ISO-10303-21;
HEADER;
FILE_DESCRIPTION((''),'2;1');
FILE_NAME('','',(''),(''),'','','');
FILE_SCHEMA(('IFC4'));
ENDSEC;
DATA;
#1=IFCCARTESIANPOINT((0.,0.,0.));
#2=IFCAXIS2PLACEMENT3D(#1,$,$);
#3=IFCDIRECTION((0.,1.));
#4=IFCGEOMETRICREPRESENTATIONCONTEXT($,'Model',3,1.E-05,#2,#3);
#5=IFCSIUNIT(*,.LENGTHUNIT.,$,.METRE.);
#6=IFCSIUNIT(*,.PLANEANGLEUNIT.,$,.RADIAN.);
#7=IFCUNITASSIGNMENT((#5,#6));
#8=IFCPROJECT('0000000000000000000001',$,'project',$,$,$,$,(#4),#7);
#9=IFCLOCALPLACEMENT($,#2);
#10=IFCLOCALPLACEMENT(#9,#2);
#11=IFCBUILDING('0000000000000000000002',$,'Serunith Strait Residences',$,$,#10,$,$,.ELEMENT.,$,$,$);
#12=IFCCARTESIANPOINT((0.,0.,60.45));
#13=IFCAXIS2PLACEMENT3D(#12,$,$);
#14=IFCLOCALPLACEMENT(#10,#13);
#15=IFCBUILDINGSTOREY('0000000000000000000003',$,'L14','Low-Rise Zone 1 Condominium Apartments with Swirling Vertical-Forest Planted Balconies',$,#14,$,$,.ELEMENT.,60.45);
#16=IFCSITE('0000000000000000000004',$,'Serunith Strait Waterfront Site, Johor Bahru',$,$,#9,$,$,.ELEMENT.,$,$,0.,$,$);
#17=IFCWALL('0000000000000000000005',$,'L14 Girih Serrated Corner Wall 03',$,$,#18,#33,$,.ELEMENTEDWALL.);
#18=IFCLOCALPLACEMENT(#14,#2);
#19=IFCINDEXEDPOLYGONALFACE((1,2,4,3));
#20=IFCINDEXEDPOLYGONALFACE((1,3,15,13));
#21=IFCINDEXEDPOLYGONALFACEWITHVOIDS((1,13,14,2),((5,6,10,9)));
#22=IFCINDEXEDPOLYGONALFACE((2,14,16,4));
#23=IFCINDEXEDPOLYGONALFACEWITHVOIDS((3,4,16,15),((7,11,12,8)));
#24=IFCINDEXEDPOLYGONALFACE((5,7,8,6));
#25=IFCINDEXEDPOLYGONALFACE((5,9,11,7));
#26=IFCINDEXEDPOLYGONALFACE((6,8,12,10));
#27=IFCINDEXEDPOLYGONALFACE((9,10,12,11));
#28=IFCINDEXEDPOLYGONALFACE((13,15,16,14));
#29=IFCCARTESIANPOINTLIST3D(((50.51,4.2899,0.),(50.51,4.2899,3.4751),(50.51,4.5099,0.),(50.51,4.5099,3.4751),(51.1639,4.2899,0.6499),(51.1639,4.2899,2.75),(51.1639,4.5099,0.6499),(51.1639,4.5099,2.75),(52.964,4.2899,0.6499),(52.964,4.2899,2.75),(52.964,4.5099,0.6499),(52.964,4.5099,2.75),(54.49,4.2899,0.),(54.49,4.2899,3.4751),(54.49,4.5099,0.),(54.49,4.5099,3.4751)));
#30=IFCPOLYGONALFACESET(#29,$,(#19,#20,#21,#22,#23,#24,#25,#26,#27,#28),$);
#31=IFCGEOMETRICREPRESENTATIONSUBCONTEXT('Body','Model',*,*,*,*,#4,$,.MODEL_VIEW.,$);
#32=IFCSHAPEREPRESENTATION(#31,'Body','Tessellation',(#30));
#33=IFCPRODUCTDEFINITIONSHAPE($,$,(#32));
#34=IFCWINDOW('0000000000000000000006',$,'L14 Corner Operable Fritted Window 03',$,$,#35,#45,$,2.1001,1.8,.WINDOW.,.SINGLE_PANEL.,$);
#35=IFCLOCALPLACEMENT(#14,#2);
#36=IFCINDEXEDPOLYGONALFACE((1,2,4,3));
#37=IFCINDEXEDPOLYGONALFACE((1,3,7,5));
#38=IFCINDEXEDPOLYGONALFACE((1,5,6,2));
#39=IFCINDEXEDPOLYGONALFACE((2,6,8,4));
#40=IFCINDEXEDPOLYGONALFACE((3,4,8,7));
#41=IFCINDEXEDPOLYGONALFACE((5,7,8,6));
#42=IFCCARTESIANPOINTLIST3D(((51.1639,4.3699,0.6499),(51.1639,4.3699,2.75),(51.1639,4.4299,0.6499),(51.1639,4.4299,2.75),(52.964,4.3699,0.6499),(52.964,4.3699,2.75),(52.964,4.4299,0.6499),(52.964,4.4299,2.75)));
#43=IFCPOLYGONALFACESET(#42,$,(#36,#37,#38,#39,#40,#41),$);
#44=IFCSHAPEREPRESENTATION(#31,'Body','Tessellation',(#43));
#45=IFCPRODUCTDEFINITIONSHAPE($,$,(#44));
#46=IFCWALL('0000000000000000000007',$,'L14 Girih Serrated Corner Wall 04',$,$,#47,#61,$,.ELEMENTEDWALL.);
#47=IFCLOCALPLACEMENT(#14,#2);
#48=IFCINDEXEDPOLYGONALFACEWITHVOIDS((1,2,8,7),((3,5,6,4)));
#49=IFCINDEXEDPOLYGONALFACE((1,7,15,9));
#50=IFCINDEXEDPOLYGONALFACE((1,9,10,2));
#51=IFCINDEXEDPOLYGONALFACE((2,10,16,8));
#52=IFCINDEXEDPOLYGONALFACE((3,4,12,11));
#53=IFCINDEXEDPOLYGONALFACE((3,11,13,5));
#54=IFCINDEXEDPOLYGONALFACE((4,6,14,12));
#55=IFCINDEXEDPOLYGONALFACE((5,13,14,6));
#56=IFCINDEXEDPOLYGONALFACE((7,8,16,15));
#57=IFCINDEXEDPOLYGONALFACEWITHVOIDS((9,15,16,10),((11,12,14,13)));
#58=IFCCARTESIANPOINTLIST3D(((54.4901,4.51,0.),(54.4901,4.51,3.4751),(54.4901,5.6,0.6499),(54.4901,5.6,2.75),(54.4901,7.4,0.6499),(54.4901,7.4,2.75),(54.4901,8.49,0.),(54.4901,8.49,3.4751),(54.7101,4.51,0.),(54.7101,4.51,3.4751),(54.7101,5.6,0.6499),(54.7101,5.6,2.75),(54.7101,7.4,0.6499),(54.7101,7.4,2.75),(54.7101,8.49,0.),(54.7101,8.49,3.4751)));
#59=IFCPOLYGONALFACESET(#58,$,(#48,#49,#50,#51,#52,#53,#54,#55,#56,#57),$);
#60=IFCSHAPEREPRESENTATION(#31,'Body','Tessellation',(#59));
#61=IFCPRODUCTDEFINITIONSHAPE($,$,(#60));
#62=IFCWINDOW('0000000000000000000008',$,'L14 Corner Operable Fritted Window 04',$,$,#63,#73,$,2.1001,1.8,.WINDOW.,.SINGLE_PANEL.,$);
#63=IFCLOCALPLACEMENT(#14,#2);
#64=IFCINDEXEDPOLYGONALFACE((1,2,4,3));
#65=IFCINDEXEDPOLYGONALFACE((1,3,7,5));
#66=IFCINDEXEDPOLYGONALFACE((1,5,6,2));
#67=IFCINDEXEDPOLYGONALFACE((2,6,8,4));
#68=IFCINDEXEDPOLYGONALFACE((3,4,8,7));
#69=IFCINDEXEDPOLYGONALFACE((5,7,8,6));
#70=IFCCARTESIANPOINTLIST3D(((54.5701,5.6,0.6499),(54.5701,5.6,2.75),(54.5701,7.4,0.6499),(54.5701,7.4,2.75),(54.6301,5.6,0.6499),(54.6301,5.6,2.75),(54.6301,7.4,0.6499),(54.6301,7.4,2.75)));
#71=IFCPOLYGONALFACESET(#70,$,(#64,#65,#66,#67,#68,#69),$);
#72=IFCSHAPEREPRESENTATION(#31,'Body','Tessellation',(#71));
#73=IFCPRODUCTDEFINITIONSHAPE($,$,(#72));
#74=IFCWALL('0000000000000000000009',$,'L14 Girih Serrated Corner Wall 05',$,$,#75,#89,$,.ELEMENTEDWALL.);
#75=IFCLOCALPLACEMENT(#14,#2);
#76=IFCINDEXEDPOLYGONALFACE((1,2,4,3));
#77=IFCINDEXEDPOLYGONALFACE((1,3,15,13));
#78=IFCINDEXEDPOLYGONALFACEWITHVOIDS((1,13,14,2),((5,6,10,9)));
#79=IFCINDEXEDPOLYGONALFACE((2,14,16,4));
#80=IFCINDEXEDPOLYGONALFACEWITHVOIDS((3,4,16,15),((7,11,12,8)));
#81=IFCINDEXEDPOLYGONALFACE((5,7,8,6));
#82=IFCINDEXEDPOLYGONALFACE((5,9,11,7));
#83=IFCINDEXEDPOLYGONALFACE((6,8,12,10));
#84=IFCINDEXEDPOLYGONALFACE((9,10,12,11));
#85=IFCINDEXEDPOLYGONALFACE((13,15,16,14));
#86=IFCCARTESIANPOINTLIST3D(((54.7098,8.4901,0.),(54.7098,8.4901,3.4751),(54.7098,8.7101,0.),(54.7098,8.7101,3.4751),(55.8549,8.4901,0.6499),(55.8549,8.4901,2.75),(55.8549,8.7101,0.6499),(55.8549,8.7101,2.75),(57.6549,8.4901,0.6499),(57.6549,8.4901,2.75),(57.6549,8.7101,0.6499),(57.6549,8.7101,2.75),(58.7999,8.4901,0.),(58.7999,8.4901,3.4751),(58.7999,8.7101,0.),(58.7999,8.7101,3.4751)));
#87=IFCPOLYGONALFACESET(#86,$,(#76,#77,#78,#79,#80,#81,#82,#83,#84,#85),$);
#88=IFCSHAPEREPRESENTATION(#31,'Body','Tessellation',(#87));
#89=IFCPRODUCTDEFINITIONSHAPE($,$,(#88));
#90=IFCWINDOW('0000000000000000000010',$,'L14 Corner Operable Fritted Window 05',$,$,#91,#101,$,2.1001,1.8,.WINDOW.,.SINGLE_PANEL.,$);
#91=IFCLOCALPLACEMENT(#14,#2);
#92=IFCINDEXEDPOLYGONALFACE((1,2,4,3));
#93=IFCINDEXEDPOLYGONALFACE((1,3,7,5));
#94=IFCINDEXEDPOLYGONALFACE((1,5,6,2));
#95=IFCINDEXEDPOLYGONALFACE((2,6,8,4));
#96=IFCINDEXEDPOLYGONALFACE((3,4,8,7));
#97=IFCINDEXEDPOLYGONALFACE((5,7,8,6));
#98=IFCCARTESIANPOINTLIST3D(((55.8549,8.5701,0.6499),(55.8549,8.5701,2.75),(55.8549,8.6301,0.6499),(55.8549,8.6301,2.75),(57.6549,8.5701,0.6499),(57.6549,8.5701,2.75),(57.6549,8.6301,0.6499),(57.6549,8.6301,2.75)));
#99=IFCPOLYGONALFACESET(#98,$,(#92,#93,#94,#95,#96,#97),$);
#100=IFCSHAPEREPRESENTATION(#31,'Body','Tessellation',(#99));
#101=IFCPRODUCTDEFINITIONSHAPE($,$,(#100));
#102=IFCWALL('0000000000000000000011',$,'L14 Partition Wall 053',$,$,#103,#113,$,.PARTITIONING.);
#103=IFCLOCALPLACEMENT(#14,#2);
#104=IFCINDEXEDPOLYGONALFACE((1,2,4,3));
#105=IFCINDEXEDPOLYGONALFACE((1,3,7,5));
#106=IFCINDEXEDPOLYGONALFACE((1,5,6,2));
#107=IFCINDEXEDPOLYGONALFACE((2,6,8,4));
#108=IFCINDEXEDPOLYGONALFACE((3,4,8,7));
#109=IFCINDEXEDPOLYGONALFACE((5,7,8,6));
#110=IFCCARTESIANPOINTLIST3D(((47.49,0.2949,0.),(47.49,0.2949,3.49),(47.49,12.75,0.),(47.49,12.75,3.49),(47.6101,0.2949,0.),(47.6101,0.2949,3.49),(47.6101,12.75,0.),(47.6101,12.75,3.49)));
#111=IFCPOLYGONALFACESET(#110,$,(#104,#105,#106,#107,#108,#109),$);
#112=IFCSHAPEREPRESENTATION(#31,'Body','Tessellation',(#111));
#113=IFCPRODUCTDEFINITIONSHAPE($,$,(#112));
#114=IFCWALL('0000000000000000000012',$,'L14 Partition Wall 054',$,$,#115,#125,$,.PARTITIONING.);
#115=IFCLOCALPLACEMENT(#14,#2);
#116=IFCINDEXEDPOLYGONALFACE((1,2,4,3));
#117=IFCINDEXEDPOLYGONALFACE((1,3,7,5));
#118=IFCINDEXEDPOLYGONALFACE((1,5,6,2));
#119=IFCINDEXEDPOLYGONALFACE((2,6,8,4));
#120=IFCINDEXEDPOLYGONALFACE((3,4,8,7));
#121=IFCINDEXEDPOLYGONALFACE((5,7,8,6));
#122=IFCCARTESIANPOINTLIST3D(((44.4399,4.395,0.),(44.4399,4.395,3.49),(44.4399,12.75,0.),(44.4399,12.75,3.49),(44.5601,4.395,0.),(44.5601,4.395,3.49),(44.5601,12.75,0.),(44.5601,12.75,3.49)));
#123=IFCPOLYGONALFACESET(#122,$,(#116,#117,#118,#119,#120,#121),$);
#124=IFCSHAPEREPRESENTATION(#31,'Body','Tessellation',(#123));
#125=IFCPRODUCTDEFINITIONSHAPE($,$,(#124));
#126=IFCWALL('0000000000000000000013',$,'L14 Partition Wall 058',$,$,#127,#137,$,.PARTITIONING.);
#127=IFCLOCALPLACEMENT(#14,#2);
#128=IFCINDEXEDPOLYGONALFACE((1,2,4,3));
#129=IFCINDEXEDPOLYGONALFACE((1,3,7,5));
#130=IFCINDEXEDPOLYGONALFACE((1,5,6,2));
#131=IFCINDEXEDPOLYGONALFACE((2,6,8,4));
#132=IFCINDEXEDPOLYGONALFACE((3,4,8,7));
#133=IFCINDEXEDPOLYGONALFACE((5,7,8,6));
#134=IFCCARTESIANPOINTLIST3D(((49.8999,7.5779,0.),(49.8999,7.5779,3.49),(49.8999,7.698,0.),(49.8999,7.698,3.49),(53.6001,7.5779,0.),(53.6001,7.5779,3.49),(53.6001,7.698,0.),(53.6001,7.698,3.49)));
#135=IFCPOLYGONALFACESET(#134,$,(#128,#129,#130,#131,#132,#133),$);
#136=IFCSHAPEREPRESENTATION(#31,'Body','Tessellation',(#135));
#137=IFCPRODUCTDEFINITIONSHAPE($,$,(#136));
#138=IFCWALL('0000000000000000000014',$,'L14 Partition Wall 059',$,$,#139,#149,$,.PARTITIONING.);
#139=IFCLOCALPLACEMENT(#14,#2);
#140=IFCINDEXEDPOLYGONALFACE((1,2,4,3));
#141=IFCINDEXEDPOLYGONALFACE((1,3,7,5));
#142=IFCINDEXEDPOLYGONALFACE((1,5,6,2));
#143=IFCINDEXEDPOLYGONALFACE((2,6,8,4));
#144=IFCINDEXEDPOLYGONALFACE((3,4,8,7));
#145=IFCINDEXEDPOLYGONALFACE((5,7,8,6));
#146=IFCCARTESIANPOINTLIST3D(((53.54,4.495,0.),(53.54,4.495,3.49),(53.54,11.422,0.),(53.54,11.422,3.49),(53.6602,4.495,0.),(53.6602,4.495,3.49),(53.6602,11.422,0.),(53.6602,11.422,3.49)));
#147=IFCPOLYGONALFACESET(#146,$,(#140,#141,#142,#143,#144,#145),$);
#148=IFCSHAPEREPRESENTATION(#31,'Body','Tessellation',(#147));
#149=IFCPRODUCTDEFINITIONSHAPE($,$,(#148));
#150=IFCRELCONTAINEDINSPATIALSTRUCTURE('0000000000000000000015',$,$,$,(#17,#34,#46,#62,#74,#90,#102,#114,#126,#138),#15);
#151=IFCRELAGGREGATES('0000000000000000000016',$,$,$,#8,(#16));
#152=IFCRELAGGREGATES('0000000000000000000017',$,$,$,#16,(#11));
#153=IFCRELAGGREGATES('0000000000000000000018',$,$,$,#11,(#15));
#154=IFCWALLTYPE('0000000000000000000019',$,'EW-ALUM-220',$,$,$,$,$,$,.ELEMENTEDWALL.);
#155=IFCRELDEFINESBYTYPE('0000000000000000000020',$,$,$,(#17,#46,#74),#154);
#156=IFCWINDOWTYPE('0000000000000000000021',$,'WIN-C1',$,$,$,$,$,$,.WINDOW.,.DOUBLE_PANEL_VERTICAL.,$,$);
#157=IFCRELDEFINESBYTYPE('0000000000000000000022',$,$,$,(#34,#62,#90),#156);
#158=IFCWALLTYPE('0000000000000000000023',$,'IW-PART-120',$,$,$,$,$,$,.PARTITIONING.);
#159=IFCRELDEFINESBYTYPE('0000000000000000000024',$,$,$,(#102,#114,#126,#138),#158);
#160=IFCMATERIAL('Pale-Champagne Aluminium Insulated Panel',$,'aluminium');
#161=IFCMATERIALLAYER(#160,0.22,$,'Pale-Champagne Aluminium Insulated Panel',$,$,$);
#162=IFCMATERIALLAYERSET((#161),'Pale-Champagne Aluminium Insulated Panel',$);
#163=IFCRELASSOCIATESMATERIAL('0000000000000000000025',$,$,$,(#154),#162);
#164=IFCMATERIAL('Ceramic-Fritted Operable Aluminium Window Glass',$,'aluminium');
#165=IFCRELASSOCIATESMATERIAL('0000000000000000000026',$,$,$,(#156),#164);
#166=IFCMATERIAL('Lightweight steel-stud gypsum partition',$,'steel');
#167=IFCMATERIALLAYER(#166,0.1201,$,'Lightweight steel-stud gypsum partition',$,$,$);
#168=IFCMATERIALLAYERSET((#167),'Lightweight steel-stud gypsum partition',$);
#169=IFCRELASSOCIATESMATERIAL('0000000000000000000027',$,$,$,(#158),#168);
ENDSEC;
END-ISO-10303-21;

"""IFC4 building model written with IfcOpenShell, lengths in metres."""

from ifc_helpers import new_model, si_unit, direction, frame, frame_2d, origin, place, context, subcontext, project, spatial, rectangle, extrude, source, transform, mapped, material, layer, layer_set, type_object, element, fill, save


model = new_model("IFC4")

# Units and contexts
model_context = context("Model", 3, precision=1e-05, world=origin(), true_north=direction((0.0, 1.0)))
body_context = subcontext(model_context, "Body", "Model", "MODEL_VIEW")
ifc_project = project(units=[si_unit("LENGTHUNIT", "METRE"), si_unit("PLANEANGLEUNIT", "RADIAN")], contexts=[model_context])

# Site, building, storey
site_placement = place(None, origin())
site = spatial("IfcSite", under=ifc_project, at=site_placement, Name="Serunith Strait Waterfront Site, Johor Bahru", CompositionType="ELEMENT", RefElevation=0.0)
building_placement = place(site_placement, origin())
building = spatial("IfcBuilding", under=site, at=building_placement, Name="Serunith Strait Residences", CompositionType="ELEMENT")
storey_placement = place(building_placement, frame((0.0, 0.0, 60.45)))
storey = spatial("IfcBuildingStorey", under=building, at=storey_placement, Name="L14", Description="Low-Rise Zone 1 Condominium Apartments with Swirling Vertical-Forest Planted Balconies", CompositionType="ELEMENT", Elevation=60.45)

# Walls, openings, windows
ifc_material_1 = material(Name="Pale-Champagne Aluminium Insulated Panel", Category="aluminium")
ifc_layer_1 = layer(ifc_material_1, 0.22, Name="Pale-Champagne Aluminium Insulated Panel")
ifc_layer_set_1 = layer_set([ifc_layer_1], Name="Pale-Champagne Aluminium Insulated Panel")
wall_type_1 = type_object("IfcWallType", Name="EW-ALUM-220", PredefinedType="ELEMENTEDWALL", material=ifc_layer_set_1)
ifc_material_2 = material(Name="Ceramic-Fritted Operable Aluminium Window Glass", Category="aluminium")
window_type = type_object("IfcWindowType", Name="WIN-C1", PartitioningType="DOUBLE_PANEL_VERTICAL", PredefinedType="WINDOW", material=ifc_material_2)
shared_shape_1 = source(origin(), body_context, "Body", "SweptSolid", [
    extrude(rectangle(XDim=1.8, YDim=2.1001, at=frame_2d((0.8999, 1.05))), frame((0.0, 0.03, 0.0), z_axis=(0.0, -1.0, 0.0), x_axis=(1.0, 0.0, 0.0)), (0.0, 0.0, 1.0), 0.0601),
])
wall_1_placement = place(storey_placement, frame((50.51, 4.3999, 0.0), z_axis=(0.0, 0.0, 1.0), x_axis=(1.0, 0.0, 0.0)))
wall_1 = element("IfcWall", 1, at=wall_1_placement, inside=storey, type_object=wall_type_1, Name="L14 Girih Serrated Corner Wall 03", PredefinedType="ELEMENTEDWALL", context=body_context, shape_type="SweptSolid", body=[
    extrude(rectangle(XDim=3.98, YDim=0.22, at=frame_2d((1.99, 0.0))), origin(), (0.0, 0.0, 1.0), 3.4751),
])
opening_1_placement = place(wall_1_placement, frame((0.6541, 0.0, 0.6499)))
opening_1 = element("IfcOpeningElement", 2, at=opening_1_placement, cuts=wall_1, PredefinedType="OPENING", context=body_context, shape_type="SweptSolid", body=[
    extrude(rectangle(XDim=1.8, YDim=2.1001, at=frame_2d((0.8999, 1.05))), frame((0.0, 0.1201, 0.0), z_axis=(0.0, -1.0, 0.0), x_axis=(1.0, 0.0, 0.0)), (0.0, 0.0, 1.0), 0.24),
])
window_1_placement = place(opening_1_placement, origin())
window_1 = element("IfcWindow", 3, at=window_1_placement, inside=storey, type_object=window_type, Name="L14 Corner Operable Fritted Window 03", OverallHeight=2.1001, OverallWidth=1.8, PartitioningType="SINGLE_PANEL", PredefinedType="WINDOW", context=body_context, shape_type="MappedRepresentation", body=[
    mapped(shared_shape_1, transform((0.0, 0.0, 0.0), scale=1.0)),
])
fill(opening_1, window_1)
wall_2_placement = place(storey_placement, frame((54.6001, 4.51, 0.0), z_axis=(0.0, 0.0, 1.0), x_axis=(0.0, 1.0, 0.0)))
wall_2 = element("IfcWall", 4, at=wall_2_placement, inside=storey, type_object=wall_type_1, Name="L14 Girih Serrated Corner Wall 04", PredefinedType="ELEMENTEDWALL", context=body_context, shape_type="SweptSolid", body=[
    extrude(rectangle(XDim=3.98, YDim=0.22, at=frame_2d((1.99, 0.0))), origin(), (0.0, 0.0, 1.0), 3.4751),
])
opening_2_placement = place(wall_2_placement, frame((1.0901, 0.0, 0.6499)))
opening_2 = element("IfcOpeningElement", 5, at=opening_2_placement, cuts=wall_2, PredefinedType="OPENING", context=body_context, shape_type="SweptSolid", body=[
    extrude(rectangle(XDim=1.8, YDim=2.1001, at=frame_2d((0.8999, 1.05))), frame((0.0, 0.1201, 0.0), z_axis=(0.0, -1.0, 0.0), x_axis=(1.0, 0.0, 0.0)), (0.0, 0.0, 1.0), 0.24),
])
window_2_placement = place(opening_2_placement, origin())
window_2 = element("IfcWindow", 6, at=window_2_placement, inside=storey, type_object=window_type, Name="L14 Corner Operable Fritted Window 04", OverallHeight=2.1001, OverallWidth=1.8, PartitioningType="SINGLE_PANEL", PredefinedType="WINDOW", context=body_context, shape_type="MappedRepresentation", body=[
    mapped(shared_shape_1, transform((0.0, 0.0, 0.0), scale=1.0)),
])
fill(opening_2, window_2)
wall_3_placement = place(storey_placement, frame((54.71, 8.6001, 0.0), z_axis=(0.0, 0.0, 1.0), x_axis=(1.0, 0.0, 0.0)))
wall_3 = element("IfcWall", 7, at=wall_3_placement, inside=storey, type_object=wall_type_1, Name="L14 Girih Serrated Corner Wall 05", PredefinedType="ELEMENTEDWALL", context=body_context, shape_type="SweptSolid", body=[
    extrude(rectangle(XDim=4.0901, YDim=0.22, at=frame_2d((2.0449, 0.0))), origin(), (0.0, 0.0, 1.0), 3.4751),
])
opening_3_placement = place(wall_3_placement, frame((1.145, 0.0, 0.6499)))
opening_3 = element("IfcOpeningElement", 8, at=opening_3_placement, cuts=wall_3, PredefinedType="OPENING", context=body_context, shape_type="SweptSolid", body=[
    extrude(rectangle(XDim=1.8, YDim=2.1001, at=frame_2d((0.8999, 1.05))), frame((0.0, 0.1201, 0.0), z_axis=(0.0, -1.0, 0.0), x_axis=(1.0, 0.0, 0.0)), (0.0, 0.0, 1.0), 0.24),
])
window_3_placement = place(opening_3_placement, origin())
window_3 = element("IfcWindow", 9, at=window_3_placement, inside=storey, type_object=window_type, Name="L14 Corner Operable Fritted Window 05", OverallHeight=2.1001, OverallWidth=1.8, PartitioningType="SINGLE_PANEL", PredefinedType="WINDOW", context=body_context, shape_type="MappedRepresentation", body=[
    mapped(shared_shape_1, transform((0.0, 0.0, 0.0), scale=1.0)),
])
fill(opening_3, window_3)

# Walls
ifc_material_3 = material(Name="Lightweight steel-stud gypsum partition", Category="steel")
ifc_layer_2 = layer(ifc_material_3, 0.1201, Name="Lightweight steel-stud gypsum partition")
ifc_layer_set_2 = layer_set([ifc_layer_2], Name="Lightweight steel-stud gypsum partition")
wall_type_2 = type_object("IfcWallType", Name="IW-PART-120", PredefinedType="PARTITIONING", material=ifc_layer_set_2)
wall_4_placement = place(storey_placement, frame((47.55, 0.2949, 0.0), z_axis=(0.0, 0.0, 1.0), x_axis=(0.0, 1.0, 0.0)))
element("IfcWall", 10, at=wall_4_placement, inside=storey, type_object=wall_type_2, Name="L14 Partition Wall 053", PredefinedType="PARTITIONING", context=body_context, shape_type="SweptSolid", body=[
    extrude(rectangle(XDim=12.4551, YDim=0.1201, at=frame_2d((6.2275, 0.0))), origin(), (0.0, 0.0, 1.0), 3.49),
])
wall_5_placement = place(storey_placement, frame((44.5, 4.395, 0.0), z_axis=(0.0, 0.0, 1.0), x_axis=(0.0, 1.0, 0.0)))
element("IfcWall", 11, at=wall_5_placement, inside=storey, type_object=wall_type_2, Name="L14 Partition Wall 054", PredefinedType="PARTITIONING", context=body_context, shape_type="SweptSolid", body=[
    extrude(rectangle(XDim=8.355, YDim=0.1201, at=frame_2d((4.1775, 0.0))), origin(), (0.0, 0.0, 1.0), 3.49),
])
wall_6_placement = place(storey_placement, frame((49.8999, 7.6379, 0.0), z_axis=(0.0, 0.0, 1.0), x_axis=(1.0, 0.0, 0.0)))
element("IfcWall", 12, at=wall_6_placement, inside=storey, type_object=wall_type_2, Name="L14 Partition Wall 058", PredefinedType="PARTITIONING", context=body_context, shape_type="SweptSolid", body=[
    extrude(rectangle(XDim=3.7002, YDim=0.1201, at=frame_2d((1.8501, 0.0))), origin(), (0.0, 0.0, 1.0), 3.49),
])
wall_7_placement = place(storey_placement, frame((53.6001, 4.4951, 0.0), z_axis=(0.0, 0.0, 1.0), x_axis=(0.0, 1.0, 0.0)))
element("IfcWall", 13, at=wall_7_placement, inside=storey, type_object=wall_type_2, Name="L14 Partition Wall 059", PredefinedType="PARTITIONING", context=body_context, shape_type="SweptSolid", body=[
    extrude(rectangle(XDim=6.927, YDim=0.1201, at=frame_2d((3.4634, 0.0))), origin(), (0.0, 0.0, 1.0), 3.49),
])

save(model, "model.ifc")
